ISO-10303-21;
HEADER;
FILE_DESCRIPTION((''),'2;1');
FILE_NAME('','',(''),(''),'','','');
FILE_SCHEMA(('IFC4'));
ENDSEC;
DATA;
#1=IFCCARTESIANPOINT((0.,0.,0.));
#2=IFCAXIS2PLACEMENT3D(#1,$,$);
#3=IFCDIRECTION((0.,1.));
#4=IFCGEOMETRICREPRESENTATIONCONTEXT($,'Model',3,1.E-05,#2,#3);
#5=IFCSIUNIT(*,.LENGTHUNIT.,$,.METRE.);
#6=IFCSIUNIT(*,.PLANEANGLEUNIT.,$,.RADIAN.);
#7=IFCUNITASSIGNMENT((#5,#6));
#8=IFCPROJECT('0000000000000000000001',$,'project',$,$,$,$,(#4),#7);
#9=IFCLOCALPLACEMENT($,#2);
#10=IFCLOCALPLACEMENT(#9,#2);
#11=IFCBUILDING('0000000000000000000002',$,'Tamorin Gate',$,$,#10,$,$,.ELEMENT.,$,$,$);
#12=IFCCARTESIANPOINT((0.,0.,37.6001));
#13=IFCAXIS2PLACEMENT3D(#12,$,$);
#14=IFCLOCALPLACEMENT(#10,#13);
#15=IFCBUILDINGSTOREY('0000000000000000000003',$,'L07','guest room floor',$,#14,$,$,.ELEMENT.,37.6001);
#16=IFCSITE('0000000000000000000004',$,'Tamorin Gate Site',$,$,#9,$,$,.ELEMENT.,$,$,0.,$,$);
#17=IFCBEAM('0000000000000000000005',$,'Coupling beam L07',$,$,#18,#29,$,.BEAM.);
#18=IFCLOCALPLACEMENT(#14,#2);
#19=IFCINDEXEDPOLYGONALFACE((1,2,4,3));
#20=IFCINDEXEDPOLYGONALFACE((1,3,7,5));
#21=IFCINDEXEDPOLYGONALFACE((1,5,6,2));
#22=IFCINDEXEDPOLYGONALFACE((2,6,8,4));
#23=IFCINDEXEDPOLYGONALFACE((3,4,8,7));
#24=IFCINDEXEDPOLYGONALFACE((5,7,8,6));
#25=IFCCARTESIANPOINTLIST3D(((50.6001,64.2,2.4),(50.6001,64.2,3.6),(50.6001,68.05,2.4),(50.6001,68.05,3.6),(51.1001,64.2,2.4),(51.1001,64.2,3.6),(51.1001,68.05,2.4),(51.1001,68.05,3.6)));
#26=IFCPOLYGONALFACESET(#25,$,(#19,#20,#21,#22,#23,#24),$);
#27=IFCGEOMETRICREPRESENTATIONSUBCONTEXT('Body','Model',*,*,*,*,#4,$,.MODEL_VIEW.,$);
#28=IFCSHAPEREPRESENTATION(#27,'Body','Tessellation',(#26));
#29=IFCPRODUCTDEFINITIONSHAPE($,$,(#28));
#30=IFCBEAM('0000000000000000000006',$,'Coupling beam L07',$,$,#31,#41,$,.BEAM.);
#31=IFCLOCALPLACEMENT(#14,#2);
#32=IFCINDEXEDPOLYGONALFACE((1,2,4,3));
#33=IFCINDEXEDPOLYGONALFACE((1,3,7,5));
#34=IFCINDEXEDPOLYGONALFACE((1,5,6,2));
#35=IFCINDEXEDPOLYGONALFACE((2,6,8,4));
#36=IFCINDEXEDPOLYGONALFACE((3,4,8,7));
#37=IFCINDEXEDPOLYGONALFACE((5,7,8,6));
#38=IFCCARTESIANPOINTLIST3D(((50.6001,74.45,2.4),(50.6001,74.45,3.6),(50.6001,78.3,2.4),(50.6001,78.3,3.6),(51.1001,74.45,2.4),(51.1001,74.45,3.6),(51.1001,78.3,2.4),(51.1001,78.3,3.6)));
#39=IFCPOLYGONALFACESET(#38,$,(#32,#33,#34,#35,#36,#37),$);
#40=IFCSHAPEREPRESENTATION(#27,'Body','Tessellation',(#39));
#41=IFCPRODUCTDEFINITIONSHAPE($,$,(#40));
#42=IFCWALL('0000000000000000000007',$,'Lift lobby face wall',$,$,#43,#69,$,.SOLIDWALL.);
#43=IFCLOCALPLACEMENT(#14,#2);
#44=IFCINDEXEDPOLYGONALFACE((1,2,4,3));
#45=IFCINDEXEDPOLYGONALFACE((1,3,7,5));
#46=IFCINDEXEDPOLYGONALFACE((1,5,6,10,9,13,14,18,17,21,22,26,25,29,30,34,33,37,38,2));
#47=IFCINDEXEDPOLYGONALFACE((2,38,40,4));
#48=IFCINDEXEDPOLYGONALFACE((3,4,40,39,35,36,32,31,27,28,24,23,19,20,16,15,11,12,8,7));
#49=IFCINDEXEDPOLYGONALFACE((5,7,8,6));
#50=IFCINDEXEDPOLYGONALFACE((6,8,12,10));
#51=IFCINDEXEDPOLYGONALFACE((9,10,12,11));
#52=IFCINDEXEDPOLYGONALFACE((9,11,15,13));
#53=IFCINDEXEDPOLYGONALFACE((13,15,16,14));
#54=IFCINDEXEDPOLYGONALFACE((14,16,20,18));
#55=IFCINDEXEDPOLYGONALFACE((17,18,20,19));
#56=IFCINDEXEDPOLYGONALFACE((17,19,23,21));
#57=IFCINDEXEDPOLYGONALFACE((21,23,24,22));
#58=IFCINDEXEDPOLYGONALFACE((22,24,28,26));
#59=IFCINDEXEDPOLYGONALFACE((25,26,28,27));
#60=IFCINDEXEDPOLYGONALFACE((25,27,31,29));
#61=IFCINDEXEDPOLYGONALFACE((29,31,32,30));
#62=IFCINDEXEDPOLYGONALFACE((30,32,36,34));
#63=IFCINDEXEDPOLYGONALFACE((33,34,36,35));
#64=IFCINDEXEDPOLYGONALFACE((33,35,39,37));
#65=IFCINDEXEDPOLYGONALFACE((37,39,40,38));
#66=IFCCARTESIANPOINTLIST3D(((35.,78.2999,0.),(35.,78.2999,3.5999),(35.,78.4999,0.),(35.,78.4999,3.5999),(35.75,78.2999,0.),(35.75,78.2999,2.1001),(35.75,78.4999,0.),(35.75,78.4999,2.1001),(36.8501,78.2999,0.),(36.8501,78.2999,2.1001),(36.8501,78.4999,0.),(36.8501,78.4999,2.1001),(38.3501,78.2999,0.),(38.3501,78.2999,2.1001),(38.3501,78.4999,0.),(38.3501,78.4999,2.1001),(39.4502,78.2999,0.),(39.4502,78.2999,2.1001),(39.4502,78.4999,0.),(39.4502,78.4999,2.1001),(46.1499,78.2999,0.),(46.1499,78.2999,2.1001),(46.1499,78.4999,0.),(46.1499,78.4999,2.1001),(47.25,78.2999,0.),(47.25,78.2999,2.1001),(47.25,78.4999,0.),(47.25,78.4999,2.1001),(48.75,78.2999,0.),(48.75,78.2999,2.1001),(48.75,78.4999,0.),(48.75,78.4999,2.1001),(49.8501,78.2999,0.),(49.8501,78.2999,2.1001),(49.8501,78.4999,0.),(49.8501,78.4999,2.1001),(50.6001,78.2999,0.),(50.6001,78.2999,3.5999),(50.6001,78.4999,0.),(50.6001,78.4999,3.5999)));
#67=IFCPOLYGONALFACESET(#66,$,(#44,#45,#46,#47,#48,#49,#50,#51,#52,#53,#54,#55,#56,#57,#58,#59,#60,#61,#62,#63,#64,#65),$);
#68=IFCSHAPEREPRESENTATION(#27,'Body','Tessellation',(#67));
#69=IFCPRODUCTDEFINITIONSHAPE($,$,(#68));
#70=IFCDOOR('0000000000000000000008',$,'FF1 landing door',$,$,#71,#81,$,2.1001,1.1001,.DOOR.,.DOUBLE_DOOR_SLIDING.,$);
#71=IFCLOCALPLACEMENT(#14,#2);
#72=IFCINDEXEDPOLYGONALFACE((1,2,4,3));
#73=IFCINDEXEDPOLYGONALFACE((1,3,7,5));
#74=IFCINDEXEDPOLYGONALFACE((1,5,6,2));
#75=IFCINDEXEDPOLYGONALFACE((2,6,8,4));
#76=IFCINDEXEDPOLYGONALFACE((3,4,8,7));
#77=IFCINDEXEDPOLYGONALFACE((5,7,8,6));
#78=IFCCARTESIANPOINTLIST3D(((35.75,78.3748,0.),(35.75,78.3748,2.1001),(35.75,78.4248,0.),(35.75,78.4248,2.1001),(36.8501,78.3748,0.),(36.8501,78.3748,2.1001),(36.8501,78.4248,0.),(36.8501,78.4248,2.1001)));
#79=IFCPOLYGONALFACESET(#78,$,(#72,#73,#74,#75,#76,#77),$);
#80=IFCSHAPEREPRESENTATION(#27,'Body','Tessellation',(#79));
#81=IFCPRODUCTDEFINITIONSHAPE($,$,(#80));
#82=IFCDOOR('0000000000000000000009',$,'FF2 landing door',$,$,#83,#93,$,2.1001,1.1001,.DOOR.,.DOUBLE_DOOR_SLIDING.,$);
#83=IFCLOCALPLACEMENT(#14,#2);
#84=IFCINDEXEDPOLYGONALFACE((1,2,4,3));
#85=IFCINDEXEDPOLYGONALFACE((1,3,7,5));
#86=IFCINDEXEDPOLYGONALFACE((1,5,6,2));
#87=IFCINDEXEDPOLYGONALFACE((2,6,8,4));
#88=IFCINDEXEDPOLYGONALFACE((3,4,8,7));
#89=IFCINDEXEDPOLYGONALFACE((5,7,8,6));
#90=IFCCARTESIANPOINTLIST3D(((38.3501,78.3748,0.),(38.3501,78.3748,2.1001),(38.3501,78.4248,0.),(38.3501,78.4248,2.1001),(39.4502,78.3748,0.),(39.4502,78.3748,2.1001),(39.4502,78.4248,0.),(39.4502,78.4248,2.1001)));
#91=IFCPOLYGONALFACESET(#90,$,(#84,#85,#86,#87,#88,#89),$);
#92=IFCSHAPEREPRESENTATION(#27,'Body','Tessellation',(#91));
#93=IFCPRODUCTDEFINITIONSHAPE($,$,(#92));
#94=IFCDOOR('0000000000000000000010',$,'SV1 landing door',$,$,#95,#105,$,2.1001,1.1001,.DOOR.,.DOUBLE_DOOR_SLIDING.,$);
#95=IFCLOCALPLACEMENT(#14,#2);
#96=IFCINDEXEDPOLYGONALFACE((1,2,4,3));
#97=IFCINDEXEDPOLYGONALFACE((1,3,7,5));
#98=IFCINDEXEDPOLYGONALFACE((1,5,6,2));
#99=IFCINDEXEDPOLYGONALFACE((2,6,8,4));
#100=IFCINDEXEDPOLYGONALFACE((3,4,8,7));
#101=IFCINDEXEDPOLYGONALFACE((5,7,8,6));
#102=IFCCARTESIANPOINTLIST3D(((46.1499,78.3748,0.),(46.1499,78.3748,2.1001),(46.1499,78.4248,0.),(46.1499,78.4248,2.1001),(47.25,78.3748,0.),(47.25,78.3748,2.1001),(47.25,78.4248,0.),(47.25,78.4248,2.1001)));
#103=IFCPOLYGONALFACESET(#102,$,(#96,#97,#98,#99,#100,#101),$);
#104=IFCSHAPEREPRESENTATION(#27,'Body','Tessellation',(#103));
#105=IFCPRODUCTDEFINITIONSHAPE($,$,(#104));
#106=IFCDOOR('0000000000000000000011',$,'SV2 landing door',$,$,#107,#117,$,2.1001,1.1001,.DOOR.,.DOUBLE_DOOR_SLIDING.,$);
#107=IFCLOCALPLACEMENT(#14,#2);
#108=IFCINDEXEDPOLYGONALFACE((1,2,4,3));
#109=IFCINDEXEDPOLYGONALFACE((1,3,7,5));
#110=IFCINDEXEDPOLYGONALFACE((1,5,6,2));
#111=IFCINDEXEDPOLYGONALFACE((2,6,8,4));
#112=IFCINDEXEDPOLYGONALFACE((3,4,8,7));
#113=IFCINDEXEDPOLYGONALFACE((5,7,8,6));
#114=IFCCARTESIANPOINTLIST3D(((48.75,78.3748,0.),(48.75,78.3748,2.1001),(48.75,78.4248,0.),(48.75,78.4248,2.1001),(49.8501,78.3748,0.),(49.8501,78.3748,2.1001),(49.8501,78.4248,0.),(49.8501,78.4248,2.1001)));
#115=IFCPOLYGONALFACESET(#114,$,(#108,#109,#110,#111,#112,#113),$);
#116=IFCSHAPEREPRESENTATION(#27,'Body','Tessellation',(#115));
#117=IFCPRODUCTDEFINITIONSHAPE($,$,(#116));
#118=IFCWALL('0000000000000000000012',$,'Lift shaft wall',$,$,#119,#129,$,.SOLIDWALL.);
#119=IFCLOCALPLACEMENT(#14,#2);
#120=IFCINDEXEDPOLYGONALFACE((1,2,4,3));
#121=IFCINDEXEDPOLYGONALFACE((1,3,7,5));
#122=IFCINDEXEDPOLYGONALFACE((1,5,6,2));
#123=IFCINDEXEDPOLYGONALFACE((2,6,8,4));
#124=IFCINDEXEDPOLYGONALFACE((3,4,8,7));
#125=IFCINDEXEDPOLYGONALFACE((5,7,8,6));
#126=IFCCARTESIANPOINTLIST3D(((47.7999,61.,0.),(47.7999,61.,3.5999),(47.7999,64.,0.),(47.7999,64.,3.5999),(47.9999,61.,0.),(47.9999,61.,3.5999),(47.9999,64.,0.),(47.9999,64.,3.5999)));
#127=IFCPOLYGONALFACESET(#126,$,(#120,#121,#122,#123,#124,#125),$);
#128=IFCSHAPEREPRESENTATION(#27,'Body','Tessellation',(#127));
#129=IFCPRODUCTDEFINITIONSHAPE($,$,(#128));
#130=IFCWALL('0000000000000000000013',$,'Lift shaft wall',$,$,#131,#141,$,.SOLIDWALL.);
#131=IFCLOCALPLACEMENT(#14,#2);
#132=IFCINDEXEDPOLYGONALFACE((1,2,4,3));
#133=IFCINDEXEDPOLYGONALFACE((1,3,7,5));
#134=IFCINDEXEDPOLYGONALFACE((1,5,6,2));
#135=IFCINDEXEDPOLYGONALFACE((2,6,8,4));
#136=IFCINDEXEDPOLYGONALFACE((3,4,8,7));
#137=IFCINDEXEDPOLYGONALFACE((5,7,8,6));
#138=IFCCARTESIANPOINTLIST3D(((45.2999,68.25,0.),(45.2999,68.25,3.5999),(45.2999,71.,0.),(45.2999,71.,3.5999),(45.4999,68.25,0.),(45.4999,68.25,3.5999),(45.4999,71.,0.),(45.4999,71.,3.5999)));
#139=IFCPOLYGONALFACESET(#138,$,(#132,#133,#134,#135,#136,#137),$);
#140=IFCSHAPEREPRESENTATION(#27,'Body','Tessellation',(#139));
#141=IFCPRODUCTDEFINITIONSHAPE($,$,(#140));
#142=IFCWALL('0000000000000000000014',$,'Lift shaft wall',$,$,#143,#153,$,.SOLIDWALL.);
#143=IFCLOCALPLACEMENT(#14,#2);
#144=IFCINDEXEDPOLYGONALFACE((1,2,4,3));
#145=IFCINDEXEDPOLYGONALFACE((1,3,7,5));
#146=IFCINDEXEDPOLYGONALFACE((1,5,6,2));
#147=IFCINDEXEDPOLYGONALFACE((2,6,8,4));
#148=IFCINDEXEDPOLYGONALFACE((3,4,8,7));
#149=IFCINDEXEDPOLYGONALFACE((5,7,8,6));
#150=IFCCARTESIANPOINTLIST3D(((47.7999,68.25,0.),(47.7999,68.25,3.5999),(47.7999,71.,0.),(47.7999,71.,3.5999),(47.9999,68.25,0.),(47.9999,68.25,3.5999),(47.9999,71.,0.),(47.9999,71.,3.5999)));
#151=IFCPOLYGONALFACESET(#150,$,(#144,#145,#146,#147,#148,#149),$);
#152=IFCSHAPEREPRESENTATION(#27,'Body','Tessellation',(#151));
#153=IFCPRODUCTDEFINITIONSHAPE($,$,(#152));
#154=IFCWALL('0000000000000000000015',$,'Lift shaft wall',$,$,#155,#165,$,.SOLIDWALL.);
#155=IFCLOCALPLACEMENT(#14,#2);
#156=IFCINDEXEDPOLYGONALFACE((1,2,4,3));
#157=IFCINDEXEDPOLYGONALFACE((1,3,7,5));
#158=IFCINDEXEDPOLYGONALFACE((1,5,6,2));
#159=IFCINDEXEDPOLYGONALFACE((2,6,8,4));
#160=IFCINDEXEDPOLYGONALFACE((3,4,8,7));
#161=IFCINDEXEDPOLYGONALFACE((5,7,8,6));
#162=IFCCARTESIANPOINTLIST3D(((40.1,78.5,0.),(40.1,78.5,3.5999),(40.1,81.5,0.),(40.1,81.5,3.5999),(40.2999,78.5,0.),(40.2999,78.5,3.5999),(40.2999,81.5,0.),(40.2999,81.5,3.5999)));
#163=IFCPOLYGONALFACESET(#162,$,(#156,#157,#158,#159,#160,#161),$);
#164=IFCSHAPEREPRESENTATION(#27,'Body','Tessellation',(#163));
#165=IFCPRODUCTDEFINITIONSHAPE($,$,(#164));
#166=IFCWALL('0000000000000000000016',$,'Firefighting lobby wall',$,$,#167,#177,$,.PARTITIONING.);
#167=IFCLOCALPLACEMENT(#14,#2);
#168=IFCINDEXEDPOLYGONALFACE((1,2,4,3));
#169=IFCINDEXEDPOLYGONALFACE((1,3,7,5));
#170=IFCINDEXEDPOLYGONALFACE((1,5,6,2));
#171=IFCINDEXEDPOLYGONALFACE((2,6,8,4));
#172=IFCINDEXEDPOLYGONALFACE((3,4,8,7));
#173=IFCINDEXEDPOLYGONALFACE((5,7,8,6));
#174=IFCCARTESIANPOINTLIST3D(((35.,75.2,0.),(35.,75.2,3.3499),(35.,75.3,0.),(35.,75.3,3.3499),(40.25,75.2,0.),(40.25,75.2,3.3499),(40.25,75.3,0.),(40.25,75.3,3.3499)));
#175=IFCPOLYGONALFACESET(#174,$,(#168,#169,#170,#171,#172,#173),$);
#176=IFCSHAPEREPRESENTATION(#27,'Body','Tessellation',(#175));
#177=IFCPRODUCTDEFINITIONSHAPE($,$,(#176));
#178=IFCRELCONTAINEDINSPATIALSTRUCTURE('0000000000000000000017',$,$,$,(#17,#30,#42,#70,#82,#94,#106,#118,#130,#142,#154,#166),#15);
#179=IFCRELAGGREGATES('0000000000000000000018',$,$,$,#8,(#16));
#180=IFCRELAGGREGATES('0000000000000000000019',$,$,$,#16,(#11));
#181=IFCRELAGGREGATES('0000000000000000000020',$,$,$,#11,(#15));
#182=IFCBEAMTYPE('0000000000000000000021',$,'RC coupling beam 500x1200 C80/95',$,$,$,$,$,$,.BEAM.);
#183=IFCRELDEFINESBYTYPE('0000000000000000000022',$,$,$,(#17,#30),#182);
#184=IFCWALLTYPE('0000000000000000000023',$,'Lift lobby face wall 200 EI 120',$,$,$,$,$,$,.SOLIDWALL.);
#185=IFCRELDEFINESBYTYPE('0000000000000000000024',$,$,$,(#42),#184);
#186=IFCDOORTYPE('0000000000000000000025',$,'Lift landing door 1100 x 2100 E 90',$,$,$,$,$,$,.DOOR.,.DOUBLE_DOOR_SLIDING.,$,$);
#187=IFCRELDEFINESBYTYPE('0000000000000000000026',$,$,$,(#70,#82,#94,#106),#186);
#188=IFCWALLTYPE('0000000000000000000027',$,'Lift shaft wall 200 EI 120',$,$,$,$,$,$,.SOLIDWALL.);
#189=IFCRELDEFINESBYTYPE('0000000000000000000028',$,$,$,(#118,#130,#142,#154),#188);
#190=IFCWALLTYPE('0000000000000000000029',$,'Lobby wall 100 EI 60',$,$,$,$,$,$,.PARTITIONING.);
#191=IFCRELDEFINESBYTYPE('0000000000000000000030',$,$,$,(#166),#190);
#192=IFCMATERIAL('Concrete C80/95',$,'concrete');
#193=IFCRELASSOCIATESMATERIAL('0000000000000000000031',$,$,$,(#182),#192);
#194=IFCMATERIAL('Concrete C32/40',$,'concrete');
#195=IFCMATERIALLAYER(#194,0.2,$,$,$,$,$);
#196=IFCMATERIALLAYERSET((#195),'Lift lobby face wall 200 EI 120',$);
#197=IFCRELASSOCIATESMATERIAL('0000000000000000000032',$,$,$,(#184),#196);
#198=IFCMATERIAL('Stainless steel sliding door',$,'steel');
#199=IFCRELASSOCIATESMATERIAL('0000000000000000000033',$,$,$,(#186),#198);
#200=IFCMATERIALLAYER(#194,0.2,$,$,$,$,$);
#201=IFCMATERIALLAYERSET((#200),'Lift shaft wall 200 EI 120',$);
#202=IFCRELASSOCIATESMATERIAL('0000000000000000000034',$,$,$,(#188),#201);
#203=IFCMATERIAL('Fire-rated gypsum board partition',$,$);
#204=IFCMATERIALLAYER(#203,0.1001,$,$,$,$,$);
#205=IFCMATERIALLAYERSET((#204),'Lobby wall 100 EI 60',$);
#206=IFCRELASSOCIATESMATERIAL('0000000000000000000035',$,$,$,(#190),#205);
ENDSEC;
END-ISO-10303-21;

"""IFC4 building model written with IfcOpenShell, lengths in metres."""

from ifc_helpers import new_model, si_unit, direction, frame, frame_2d, origin, origin_2d, place, context, subcontext, project, spatial, rectangle, extrude, material, layer, layer_set, material_profile, profile_set, type_object, element, fill, save


model = new_model("IFC4")

# Units and contexts
model_context = context("Model", 3, precision=1e-05, world=origin(), true_north=direction((0.0, 1.0)))
body_context = subcontext(model_context, "Body", "Model", "MODEL_VIEW")
ifc_project = project(units=[si_unit("LENGTHUNIT", "METRE"), si_unit("PLANEANGLEUNIT", "RADIAN")], contexts=[model_context])

# Site, building, storey
site_placement = place(None, origin())
site = spatial("IfcSite", under=ifc_project, at=site_placement, Name="Tamorin Gate Site", CompositionType="ELEMENT", RefElevation=0.0)
building_placement = place(site_placement, origin())
building = spatial("IfcBuilding", under=site, at=building_placement, Name="Tamorin Gate", CompositionType="ELEMENT")
storey_placement = place(building_placement, frame((0.0, 0.0, 37.6001)))
storey = spatial("IfcBuildingStorey", under=building, at=storey_placement, Name="L07", Description="guest room floor", CompositionType="ELEMENT", Elevation=37.6001)

# Beams
ifc_material_1 = material(Name="Concrete C80/95", Category="concrete")
ifc_material_profile = material_profile(ifc_material_1, rectangle(XDim=0.5, YDim=1.2, at=origin_2d()), Name="RC 500x1200")
ifc_profile_set = profile_set([ifc_material_profile], Name="Concrete C80/95")
beam_type = type_object("IfcBeamType", Name="RC coupling beam 500x1200 C80/95", PredefinedType="BEAM", material=ifc_profile_set)
for number, where, z_axis, x_axis, name in (
    (1, (50.8501, 64.2, 3.0), (0.0, 1.0, 0.0), (-1.0, 0.0, 0.0), "Coupling beam L07"),
    (2, (50.8501, 74.45, 3.0), (0.0, 1.0, 0.0), (-1.0, 0.0, 0.0), "Coupling beam L07"),
):
    element("IfcBeam", number, at=place(storey_placement, frame(where, z_axis=z_axis, x_axis=x_axis)), inside=storey, type_object=beam_type, Name=name, PredefinedType="BEAM", context=body_context, shape_type="SweptSolid", body=[
        extrude(rectangle(XDim=0.5, YDim=1.2, at=origin_2d()), origin(), (0.0, 0.0, 1.0), 3.8501),
    ])

# Wall, openings, doors
ifc_material_2 = material(Name="Concrete C32/40", Category="concrete")
ifc_layer_1 = layer(ifc_material_2, 0.2)
ifc_layer_set_1 = layer_set([ifc_layer_1], Name="Lift lobby face wall 200 EI 120")
wall_type_1 = type_object("IfcWallType", Name="Lift lobby face wall 200 EI 120", PredefinedType="SOLIDWALL", material=ifc_layer_set_1)
wall_1_placement = place(storey_placement, frame((35.0, 78.3999, 0.0), z_axis=(0.0, 0.0, 1.0), x_axis=(1.0, 0.0, 0.0)))
wall_1 = element("IfcWall", 3, at=wall_1_placement, inside=storey, type_object=wall_type_1, Name="Lift lobby face wall", PredefinedType="SOLIDWALL", context=body_context, shape_type="SweptSolid", body=[
    extrude(rectangle(XDim=15.6001, YDim=0.2, at=frame_2d((7.8, 0.0))), origin(), (0.0, 0.0, 1.0), 3.5999),
])
opening_1_placement = place(wall_1_placement, frame((0.75, 0.0, 0.0)))
opening_1 = element("IfcOpeningElement", 4, at=opening_1_placement, cuts=wall_1, PredefinedType="OPENING", context=body_context, shape_type="SweptSolid", body=[
    extrude(rectangle(XDim=1.1001, YDim=2.1001, at=frame_2d((0.55, 1.05))), frame((0.0, 0.1099, 0.0), z_axis=(0.0, -1.0, 0.0), x_axis=(1.0, 0.0, 0.0)), (0.0, 0.0, 1.0), 0.22),
])
opening_2_placement = place(wall_1_placement, frame((3.3501, 0.0, 0.0)))
opening_2 = element("IfcOpeningElement", 5, at=opening_2_placement, cuts=wall_1, PredefinedType="OPENING", context=body_context, shape_type="SweptSolid", body=[
    extrude(rectangle(XDim=1.1001, YDim=2.1001, at=frame_2d((0.55, 1.05))), frame((0.0, 0.1099, 0.0), z_axis=(0.0, -1.0, 0.0), x_axis=(1.0, 0.0, 0.0)), (0.0, 0.0, 1.0), 0.22),
])
opening_3_placement = place(wall_1_placement, frame((11.1499, 0.0, 0.0)))
opening_3 = element("IfcOpeningElement", 6, at=opening_3_placement, cuts=wall_1, PredefinedType="OPENING", context=body_context, shape_type="SweptSolid", body=[
    extrude(rectangle(XDim=1.1001, YDim=2.1001, at=frame_2d((0.55, 1.05))), frame((0.0, 0.1099, 0.0), z_axis=(0.0, -1.0, 0.0), x_axis=(1.0, 0.0, 0.0)), (0.0, 0.0, 1.0), 0.22),
])
opening_4_placement = place(wall_1_placement, frame((13.75, 0.0, 0.0)))
opening_4 = element("IfcOpeningElement", 7, at=opening_4_placement, cuts=wall_1, PredefinedType="OPENING", context=body_context, shape_type="SweptSolid", body=[
    extrude(rectangle(XDim=1.1001, YDim=2.1001, at=frame_2d((0.55, 1.05))), frame((0.0, 0.1099, 0.0), z_axis=(0.0, -1.0, 0.0), x_axis=(1.0, 0.0, 0.0)), (0.0, 0.0, 1.0), 0.22),
])
ifc_material_3 = material(Name="Stainless steel sliding door", Category="steel")
door_type_1 = type_object("IfcDoorType", Name="Lift landing door 1100 x 2100 E 90", OperationType="DOUBLE_DOOR_SLIDING", PredefinedType="DOOR", material=ifc_material_3)
door_1_placement = place(opening_1_placement, origin())
door_1 = element("IfcDoor", 8, at=door_1_placement, inside=storey, type_object=door_type_1, Name="FF1 landing door", OperationType="DOUBLE_DOOR_SLIDING", OverallHeight=2.1001, OverallWidth=1.1001, PredefinedType="DOOR", context=body_context, shape_type="SweptSolid", body=[
    extrude(rectangle(XDim=1.1001, YDim=2.1001, at=frame_2d((0.55, 1.05))), frame((0.0, 0.0249, 0.0), z_axis=(0.0, -1.0, 0.0), x_axis=(1.0, 0.0, 0.0)), (0.0, 0.0, 1.0), 0.05),
])
fill(opening_1, door_1)
door_2_placement = place(opening_2_placement, origin())
door_2 = element("IfcDoor", 9, at=door_2_placement, inside=storey, type_object=door_type_1, Name="FF2 landing door", OperationType="DOUBLE_DOOR_SLIDING", OverallHeight=2.1001, OverallWidth=1.1001, PredefinedType="DOOR", context=body_context, shape_type="SweptSolid", body=[
    extrude(rectangle(XDim=1.1001, YDim=2.1001, at=frame_2d((0.55, 1.05))), frame((0.0, 0.0249, 0.0), z_axis=(0.0, -1.0, 0.0), x_axis=(1.0, 0.0, 0.0)), (0.0, 0.0, 1.0), 0.05),
])
fill(opening_2, door_2)
door_3_placement = place(opening_3_placement, origin())
door_3 = element("IfcDoor", 10, at=door_3_placement, inside=storey, type_object=door_type_1, Name="SV1 landing door", OperationType="DOUBLE_DOOR_SLIDING", OverallHeight=2.1001, OverallWidth=1.1001, PredefinedType="DOOR", context=body_context, shape_type="SweptSolid", body=[
    extrude(rectangle(XDim=1.1001, YDim=2.1001, at=frame_2d((0.55, 1.05))), frame((0.0, 0.0249, 0.0), z_axis=(0.0, -1.0, 0.0), x_axis=(1.0, 0.0, 0.0)), (0.0, 0.0, 1.0), 0.05),
])
fill(opening_3, door_3)
door_4_placement = place(opening_4_placement, origin())
door_4 = element("IfcDoor", 11, at=door_4_placement, inside=storey, type_object=door_type_1, Name="SV2 landing door", OperationType="DOUBLE_DOOR_SLIDING", OverallHeight=2.1001, OverallWidth=1.1001, PredefinedType="DOOR", context=body_context, shape_type="SweptSolid", body=[
    extrude(rectangle(XDim=1.1001, YDim=2.1001, at=frame_2d((0.55, 1.05))), frame((0.0, 0.0249, 0.0), z_axis=(0.0, -1.0, 0.0), x_axis=(1.0, 0.0, 0.0)), (0.0, 0.0, 1.0), 0.05),
])
fill(opening_4, door_4)

# Walls
ifc_layer_2 = layer(ifc_material_2, 0.2)
ifc_layer_set_2 = layer_set([ifc_layer_2], Name="Lift shaft wall 200 EI 120")
wall_type_2 = type_object("IfcWallType", Name="Lift shaft wall 200 EI 120", PredefinedType="SOLIDWALL", material=ifc_layer_set_2)
wall_2_placement = place(storey_placement, frame((47.8999, 61.0, 0.0), z_axis=(0.0, 0.0, 1.0), x_axis=(0.0, 1.0, 0.0)))
element("IfcWall", 12, at=wall_2_placement, inside=storey, type_object=wall_type_2, Name="Lift shaft wall", PredefinedType="SOLIDWALL", context=body_context, shape_type="SweptSolid", body=[
    extrude(rectangle(XDim=3.0, YDim=0.2, at=frame_2d((1.5, 0.0))), origin(), (0.0, 0.0, 1.0), 3.5999),
])
for number, where, z_axis, x_axis, name in (
    (13, (45.3999, 68.25, 0.0), (0.0, 0.0, 1.0), (0.0, 1.0, 0.0), "Lift shaft wall"),
    (14, (47.8999, 68.25, 0.0), (0.0, 0.0, 1.0), (0.0, 1.0, 0.0), "Lift shaft wall"),
):
    element("IfcWall", number, at=place(storey_placement, frame(where, z_axis=z_axis, x_axis=x_axis)), inside=storey, type_object=wall_type_2, Name=name, PredefinedType="SOLIDWALL", context=body_context, shape_type="SweptSolid", body=[
        extrude(rectangle(XDim=2.75, YDim=0.2, at=frame_2d((1.375, 0.0))), origin(), (0.0, 0.0, 1.0), 3.5999),
    ])
wall_3_placement = place(storey_placement, frame((40.2, 78.5, 0.0), z_axis=(0.0, 0.0, 1.0), x_axis=(0.0, 1.0, 0.0)))
element("IfcWall", 15, at=wall_3_placement, inside=storey, type_object=wall_type_2, Name="Lift shaft wall", PredefinedType="SOLIDWALL", context=body_context, shape_type="SweptSolid", body=[
    extrude(rectangle(XDim=3.0, YDim=0.2, at=frame_2d((1.5, 0.0))), origin(), (0.0, 0.0, 1.0), 3.5999),
])
ifc_material_4 = material(Name="Fire-rated gypsum board partition")
ifc_layer_3 = layer(ifc_material_4, 0.1001)
ifc_layer_set_3 = layer_set([ifc_layer_3], Name="Lobby wall 100 EI 60")
wall_type_3 = type_object("IfcWallType", Name="Lobby wall 100 EI 60", PredefinedType="PARTITIONING", material=ifc_layer_set_3)
wall_4_placement = place(storey_placement, frame((35.0, 75.25, 0.0), z_axis=(0.0, 0.0, 1.0), x_axis=(1.0, 0.0, 0.0)))
element("IfcWall", 16, at=wall_4_placement, inside=storey, type_object=wall_type_3, Name="Firefighting lobby wall", PredefinedType="PARTITIONING", context=body_context, shape_type="SweptSolid", body=[
    extrude(rectangle(XDim=5.25, YDim=0.1001, at=frame_2d((2.625, 0.0))), origin(), (0.0, 0.0, 1.0), 3.3499),
])

save(model, "model.ifc")
